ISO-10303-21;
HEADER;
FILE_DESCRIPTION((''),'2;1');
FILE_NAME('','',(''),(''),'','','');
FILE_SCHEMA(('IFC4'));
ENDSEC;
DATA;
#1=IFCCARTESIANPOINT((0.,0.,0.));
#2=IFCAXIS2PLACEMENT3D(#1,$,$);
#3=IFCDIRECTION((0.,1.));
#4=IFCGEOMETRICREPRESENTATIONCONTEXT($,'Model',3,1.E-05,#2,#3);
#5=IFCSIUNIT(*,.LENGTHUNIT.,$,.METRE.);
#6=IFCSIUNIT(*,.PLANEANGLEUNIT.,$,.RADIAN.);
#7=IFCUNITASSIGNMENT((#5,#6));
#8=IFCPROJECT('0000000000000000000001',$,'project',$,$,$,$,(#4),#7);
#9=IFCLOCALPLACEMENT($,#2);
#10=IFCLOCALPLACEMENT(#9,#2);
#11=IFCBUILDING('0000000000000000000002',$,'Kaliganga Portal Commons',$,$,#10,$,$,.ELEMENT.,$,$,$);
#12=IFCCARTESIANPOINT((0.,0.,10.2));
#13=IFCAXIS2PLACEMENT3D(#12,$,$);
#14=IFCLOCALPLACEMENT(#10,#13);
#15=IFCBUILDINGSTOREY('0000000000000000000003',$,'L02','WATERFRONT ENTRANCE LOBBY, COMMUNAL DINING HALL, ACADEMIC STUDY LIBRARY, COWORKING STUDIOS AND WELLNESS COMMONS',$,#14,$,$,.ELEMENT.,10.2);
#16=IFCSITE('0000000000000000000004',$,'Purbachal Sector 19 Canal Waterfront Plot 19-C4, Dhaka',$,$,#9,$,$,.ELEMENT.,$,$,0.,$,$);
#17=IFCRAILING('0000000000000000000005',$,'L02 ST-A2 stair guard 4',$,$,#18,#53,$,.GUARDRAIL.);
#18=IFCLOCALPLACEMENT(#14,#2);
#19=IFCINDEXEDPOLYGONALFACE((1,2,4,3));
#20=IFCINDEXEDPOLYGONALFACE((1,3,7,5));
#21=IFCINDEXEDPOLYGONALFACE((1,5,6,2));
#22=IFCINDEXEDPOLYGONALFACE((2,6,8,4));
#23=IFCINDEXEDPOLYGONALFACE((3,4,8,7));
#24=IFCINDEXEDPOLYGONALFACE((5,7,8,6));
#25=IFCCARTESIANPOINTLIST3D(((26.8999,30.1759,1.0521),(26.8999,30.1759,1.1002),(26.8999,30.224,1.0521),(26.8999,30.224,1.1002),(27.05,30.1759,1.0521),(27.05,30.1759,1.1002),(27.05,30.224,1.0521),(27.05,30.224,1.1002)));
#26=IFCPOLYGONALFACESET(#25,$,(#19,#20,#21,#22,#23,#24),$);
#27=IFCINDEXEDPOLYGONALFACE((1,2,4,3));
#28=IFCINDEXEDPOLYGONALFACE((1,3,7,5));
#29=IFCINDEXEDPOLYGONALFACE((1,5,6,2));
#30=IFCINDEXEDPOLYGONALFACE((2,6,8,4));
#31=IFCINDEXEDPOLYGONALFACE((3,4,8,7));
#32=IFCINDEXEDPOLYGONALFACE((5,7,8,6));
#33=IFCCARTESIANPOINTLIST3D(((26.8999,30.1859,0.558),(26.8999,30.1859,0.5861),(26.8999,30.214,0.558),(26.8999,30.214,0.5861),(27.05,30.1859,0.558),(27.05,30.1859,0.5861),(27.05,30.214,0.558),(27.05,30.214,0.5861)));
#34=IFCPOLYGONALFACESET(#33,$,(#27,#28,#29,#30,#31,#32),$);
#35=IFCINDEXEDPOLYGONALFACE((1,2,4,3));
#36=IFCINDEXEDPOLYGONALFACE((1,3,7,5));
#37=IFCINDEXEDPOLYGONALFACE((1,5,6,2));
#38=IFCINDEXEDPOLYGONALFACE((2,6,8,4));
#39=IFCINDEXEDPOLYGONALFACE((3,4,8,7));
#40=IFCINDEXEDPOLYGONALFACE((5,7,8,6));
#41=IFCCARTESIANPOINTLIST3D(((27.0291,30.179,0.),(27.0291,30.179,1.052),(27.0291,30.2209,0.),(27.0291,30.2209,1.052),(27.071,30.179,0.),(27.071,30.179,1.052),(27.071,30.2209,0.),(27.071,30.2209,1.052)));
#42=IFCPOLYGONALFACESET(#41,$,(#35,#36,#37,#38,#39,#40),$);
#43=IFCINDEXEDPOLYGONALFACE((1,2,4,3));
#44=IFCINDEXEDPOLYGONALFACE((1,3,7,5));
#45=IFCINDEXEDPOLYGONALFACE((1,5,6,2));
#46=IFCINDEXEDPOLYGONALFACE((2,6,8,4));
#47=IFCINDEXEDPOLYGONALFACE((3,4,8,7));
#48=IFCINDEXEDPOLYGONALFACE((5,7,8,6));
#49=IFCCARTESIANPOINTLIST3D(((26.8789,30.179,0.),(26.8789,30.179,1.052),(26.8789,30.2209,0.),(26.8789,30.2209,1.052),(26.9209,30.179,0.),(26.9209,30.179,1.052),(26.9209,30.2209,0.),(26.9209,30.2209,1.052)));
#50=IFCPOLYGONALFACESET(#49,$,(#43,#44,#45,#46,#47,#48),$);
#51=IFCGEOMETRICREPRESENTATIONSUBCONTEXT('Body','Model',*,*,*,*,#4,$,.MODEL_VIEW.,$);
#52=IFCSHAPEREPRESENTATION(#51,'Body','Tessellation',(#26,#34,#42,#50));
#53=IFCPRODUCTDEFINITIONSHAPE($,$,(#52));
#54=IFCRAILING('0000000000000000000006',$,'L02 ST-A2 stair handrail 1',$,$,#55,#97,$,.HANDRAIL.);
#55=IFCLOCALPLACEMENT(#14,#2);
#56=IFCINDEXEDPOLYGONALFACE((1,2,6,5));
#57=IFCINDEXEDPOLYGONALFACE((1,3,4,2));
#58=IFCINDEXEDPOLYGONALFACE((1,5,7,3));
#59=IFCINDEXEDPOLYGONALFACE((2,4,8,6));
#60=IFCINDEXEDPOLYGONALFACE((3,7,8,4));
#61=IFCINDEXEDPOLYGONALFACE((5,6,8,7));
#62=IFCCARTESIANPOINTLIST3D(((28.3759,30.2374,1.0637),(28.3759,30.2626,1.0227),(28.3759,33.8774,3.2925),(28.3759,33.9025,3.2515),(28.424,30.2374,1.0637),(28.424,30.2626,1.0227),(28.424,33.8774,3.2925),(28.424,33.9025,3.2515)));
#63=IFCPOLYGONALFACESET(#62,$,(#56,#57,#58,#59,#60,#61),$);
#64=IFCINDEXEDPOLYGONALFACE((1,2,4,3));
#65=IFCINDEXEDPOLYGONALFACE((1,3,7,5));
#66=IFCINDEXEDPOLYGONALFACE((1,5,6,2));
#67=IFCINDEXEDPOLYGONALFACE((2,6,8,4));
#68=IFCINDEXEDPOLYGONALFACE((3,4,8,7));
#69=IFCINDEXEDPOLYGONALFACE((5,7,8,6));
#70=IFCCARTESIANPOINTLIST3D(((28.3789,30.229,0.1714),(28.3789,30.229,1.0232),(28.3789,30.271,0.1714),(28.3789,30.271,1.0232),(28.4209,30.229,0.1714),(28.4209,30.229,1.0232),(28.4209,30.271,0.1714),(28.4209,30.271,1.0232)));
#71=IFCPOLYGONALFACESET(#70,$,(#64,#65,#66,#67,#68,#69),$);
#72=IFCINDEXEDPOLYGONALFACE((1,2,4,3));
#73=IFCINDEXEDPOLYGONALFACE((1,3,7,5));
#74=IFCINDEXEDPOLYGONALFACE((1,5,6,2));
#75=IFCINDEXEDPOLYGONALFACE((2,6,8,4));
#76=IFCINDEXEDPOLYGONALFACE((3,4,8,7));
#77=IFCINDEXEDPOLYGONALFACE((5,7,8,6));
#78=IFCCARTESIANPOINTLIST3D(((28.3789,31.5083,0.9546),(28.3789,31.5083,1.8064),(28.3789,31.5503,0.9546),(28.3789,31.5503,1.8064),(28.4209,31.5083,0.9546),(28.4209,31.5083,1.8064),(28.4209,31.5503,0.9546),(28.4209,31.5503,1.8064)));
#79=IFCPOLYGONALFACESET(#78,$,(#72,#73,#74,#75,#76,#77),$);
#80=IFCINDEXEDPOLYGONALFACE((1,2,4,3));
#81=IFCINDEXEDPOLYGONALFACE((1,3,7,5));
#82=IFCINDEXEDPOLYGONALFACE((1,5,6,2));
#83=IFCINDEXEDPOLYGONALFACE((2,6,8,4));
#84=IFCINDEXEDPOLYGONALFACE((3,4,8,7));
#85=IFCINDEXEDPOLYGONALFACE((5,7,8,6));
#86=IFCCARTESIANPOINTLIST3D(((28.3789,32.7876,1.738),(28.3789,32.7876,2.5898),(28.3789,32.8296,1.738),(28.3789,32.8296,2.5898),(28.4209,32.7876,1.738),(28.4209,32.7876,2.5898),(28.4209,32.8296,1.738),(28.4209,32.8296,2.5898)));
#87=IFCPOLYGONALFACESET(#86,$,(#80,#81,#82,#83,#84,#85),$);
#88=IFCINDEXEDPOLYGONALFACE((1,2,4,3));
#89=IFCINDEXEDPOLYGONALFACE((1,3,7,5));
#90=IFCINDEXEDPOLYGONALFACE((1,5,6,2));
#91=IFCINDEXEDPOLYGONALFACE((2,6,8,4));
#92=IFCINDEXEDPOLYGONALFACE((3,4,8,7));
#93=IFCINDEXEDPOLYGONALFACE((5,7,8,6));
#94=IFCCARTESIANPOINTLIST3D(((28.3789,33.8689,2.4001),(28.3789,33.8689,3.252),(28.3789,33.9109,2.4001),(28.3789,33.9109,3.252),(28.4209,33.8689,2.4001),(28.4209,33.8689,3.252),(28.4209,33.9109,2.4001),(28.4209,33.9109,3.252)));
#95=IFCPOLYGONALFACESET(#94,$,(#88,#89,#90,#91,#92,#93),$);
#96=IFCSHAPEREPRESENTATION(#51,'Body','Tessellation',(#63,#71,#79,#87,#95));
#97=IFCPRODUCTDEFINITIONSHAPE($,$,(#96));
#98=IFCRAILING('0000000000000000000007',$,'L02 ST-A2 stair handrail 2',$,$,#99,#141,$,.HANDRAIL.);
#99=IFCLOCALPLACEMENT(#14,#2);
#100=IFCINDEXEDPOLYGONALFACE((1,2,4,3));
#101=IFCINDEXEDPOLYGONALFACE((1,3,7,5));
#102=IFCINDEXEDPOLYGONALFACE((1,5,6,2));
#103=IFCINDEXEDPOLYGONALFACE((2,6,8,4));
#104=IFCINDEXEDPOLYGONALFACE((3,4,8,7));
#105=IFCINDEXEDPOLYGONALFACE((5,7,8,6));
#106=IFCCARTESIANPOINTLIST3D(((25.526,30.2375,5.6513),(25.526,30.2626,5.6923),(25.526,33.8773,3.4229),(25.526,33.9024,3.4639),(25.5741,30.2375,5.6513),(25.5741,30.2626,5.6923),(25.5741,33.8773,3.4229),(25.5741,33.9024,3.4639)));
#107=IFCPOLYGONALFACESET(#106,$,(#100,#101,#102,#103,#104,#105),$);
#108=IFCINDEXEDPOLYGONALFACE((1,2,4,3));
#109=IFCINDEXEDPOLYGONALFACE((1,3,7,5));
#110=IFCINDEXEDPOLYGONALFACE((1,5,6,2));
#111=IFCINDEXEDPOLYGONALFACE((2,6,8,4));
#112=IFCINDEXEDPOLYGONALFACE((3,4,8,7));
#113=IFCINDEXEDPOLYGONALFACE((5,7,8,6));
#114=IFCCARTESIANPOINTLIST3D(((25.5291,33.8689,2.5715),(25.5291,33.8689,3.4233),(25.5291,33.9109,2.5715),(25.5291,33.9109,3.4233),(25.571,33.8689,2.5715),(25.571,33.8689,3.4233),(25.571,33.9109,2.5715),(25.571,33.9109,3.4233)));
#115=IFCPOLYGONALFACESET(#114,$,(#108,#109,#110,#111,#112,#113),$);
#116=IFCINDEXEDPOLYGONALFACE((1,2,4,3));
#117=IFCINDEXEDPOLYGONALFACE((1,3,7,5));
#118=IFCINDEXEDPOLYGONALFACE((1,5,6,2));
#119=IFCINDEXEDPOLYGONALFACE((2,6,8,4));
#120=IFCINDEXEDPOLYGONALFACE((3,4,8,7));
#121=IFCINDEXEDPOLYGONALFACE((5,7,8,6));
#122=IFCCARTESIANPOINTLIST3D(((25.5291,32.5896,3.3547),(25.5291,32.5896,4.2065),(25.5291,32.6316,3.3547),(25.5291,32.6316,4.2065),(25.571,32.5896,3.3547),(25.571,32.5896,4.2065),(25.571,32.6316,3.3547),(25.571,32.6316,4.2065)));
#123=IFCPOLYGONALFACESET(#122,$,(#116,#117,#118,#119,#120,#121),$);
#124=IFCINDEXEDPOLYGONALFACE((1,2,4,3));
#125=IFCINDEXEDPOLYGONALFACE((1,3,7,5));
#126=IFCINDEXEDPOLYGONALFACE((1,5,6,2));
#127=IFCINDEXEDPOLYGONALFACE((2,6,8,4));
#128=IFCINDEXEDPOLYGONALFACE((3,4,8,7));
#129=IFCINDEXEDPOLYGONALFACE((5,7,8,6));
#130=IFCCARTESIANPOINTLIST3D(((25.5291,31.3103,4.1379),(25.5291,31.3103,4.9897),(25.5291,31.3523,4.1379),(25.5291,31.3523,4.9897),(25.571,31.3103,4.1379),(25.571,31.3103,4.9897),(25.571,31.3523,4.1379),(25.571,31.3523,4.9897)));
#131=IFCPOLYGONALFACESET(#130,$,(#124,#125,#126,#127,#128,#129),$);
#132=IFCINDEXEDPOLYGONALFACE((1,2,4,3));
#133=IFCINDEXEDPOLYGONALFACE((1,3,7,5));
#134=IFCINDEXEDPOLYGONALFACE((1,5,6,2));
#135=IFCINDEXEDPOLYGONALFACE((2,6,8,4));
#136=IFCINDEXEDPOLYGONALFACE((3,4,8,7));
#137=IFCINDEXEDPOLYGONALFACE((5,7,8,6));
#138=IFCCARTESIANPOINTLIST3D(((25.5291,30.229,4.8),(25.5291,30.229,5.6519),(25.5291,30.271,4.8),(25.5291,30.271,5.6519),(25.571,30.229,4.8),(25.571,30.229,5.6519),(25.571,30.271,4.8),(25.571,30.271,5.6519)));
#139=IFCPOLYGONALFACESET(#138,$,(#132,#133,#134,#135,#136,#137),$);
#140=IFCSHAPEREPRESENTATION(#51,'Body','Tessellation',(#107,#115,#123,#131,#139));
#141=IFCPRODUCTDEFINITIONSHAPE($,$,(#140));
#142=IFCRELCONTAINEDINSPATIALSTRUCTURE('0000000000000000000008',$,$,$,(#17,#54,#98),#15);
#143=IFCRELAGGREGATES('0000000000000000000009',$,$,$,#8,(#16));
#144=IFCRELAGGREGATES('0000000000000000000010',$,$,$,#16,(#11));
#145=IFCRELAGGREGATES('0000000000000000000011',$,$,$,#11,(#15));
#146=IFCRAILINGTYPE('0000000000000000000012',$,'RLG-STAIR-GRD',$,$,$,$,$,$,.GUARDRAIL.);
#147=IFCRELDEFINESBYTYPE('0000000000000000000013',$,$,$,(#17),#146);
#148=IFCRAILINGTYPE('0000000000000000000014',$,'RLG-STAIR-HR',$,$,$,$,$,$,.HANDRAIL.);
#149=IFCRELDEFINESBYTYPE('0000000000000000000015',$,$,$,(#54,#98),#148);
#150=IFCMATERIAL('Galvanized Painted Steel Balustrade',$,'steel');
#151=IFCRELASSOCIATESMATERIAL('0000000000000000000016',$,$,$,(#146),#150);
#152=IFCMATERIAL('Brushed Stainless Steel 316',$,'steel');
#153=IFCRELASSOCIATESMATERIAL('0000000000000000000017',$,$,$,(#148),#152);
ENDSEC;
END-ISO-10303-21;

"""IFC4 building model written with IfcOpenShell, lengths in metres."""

from ifc_helpers import new_model, si_unit, direction, frame, origin, origin_2d, place, context, subcontext, project, spatial, rectangle, extrude, material, type_object, element, save


model = new_model("IFC4")

# Units and contexts
model_context = context("Model", 3, precision=1e-05, world=origin(), true_north=direction((0.0, 1.0)))
body_context = subcontext(model_context, "Body", "Model", "MODEL_VIEW")
ifc_project = project(units=[si_unit("LENGTHUNIT", "METRE"), si_unit("PLANEANGLEUNIT", "RADIAN")], contexts=[model_context])

# Site, building, storey
site_placement = place(None, origin())
site = spatial("IfcSite", under=ifc_project, at=site_placement, Name="Purbachal Sector 19 Canal Waterfront Plot 19-C4, Dhaka", CompositionType="ELEMENT", RefElevation=0.0)
building_placement = place(site_placement, origin())
building = spatial("IfcBuilding", under=site, at=building_placement, Name="Kaliganga Portal Commons", CompositionType="ELEMENT")
storey_placement = place(building_placement, frame((0.0, 0.0, 10.2)))
storey = spatial("IfcBuildingStorey", under=building, at=storey_placement, Name="L02", Description="WATERFRONT ENTRANCE LOBBY, COMMUNAL DINING HALL, ACADEMIC STUDY LIBRARY, COWORKING STUDIOS AND WELLNESS COMMONS", CompositionType="ELEMENT", Elevation=10.2)

# Railings
ifc_material_1 = material(Name="Galvanized Painted Steel Balustrade", Category="steel")
railing_type_1 = type_object("IfcRailingType", Name="RLG-STAIR-GRD", PredefinedType="GUARDRAIL", material=ifc_material_1)
railing_1_placement = place(storey_placement, frame((27.05, 30.2, 0.0)))
element("IfcRailing", 1, at=railing_1_placement, inside=storey, type_object=railing_type_1, Name="L02 ST-A2 stair guard 4", PredefinedType="GUARDRAIL", context=body_context, shape_type="SweptSolid", body=[
    extrude(rectangle(XDim=0.0481, YDim=0.0481, at=origin_2d()), frame((0.0, 0.0, 1.0762), z_axis=(-1.0, 0.0, 0.0), x_axis=(0.0, -1.0, 0.0)), (0.0, 0.0, 1.0), 0.1501),
    extrude(rectangle(XDim=0.0281, YDim=0.0281, at=origin_2d()), frame((0.0, 0.0, 0.572), z_axis=(-1.0, 0.0, 0.0), x_axis=(0.0, -1.0, 0.0)), (0.0, 0.0, 1.0), 0.1501),
    extrude(rectangle(XDim=0.042, YDim=0.042, at=origin_2d()), origin(), (0.0, 0.0, 1.0), 1.052),
    extrude(rectangle(XDim=0.042, YDim=0.042, at=origin_2d()), frame((-0.1501, 0.0, 0.0)), (0.0, 0.0, 1.0), 1.052),
])
ifc_material_2 = material(Name="Brushed Stainless Steel 316", Category="steel")
railing_type_2 = type_object("IfcRailingType", Name="RLG-STAIR-HR", PredefinedType="HANDRAIL", material=ifc_material_2)
railing_2_placement = place(storey_placement, frame((28.3999, 30.25, 0.1714)))
element("IfcRailing", 2, at=railing_2_placement, inside=storey, type_object=railing_type_2, Name="L02 ST-A2 stair handrail 1", PredefinedType="HANDRAIL", context=body_context, shape_type="SweptSolid", body=[
    extrude(rectangle(XDim=0.0481, YDim=0.0481, at=origin_2d()), frame((0.0, 0.0, 0.8718), z_axis=(0.0, 0.852825, 0.522197), x_axis=(-1.0, 0.0, 0.0)), (0.0, 0.0, 1.0), 4.2681),
    extrude(rectangle(XDim=0.042, YDim=0.042, at=origin_2d()), origin(), (0.0, 0.0, 1.0), 0.8518),
    extrude(rectangle(XDim=0.042, YDim=0.042, at=origin_2d()), frame((0.0, 1.2793, 0.7832)), (0.0, 0.0, 1.0), 0.8518),
    extrude(rectangle(XDim=0.042, YDim=0.042, at=origin_2d()), frame((0.0, 2.5586, 1.5667)), (0.0, 0.0, 1.0), 0.8518),
    extrude(rectangle(XDim=0.042, YDim=0.042, at=origin_2d()), frame((0.0, 3.6399, 2.2288)), (0.0, 0.0, 1.0), 0.8518),
])
railing_3_placement = place(storey_placement, frame((25.55, 33.8899, 2.5715)))
element("IfcRailing", 3, at=railing_3_placement, inside=storey, type_object=railing_type_2, Name="L02 ST-A2 stair handrail 2", PredefinedType="HANDRAIL", context=body_context, shape_type="SweptSolid", body=[
    extrude(rectangle(XDim=0.0481, YDim=0.0481, at=origin_2d()), frame((0.0, 0.0, 0.8718), z_axis=(0.0, -0.85285, 0.522156), x_axis=(1.0, 0.0, 0.0)), (0.0, 0.0, 1.0), 4.2678),
    extrude(rectangle(XDim=0.042, YDim=0.042, at=origin_2d()), origin(), (0.0, 0.0, 1.0), 0.8518),
    extrude(rectangle(XDim=0.042, YDim=0.042, at=origin_2d()), frame((0.0, -1.2793, 0.7832)), (0.0, 0.0, 1.0), 0.8518),
    extrude(rectangle(XDim=0.042, YDim=0.042, at=origin_2d()), frame((0.0, -2.5586, 1.5664)), (0.0, 0.0, 1.0), 0.8518),
    extrude(rectangle(XDim=0.042, YDim=0.042, at=origin_2d()), frame((0.0, -3.6399, 2.2285)), (0.0, 0.0, 1.0), 0.8518),
])

save(model, "model.ifc")
